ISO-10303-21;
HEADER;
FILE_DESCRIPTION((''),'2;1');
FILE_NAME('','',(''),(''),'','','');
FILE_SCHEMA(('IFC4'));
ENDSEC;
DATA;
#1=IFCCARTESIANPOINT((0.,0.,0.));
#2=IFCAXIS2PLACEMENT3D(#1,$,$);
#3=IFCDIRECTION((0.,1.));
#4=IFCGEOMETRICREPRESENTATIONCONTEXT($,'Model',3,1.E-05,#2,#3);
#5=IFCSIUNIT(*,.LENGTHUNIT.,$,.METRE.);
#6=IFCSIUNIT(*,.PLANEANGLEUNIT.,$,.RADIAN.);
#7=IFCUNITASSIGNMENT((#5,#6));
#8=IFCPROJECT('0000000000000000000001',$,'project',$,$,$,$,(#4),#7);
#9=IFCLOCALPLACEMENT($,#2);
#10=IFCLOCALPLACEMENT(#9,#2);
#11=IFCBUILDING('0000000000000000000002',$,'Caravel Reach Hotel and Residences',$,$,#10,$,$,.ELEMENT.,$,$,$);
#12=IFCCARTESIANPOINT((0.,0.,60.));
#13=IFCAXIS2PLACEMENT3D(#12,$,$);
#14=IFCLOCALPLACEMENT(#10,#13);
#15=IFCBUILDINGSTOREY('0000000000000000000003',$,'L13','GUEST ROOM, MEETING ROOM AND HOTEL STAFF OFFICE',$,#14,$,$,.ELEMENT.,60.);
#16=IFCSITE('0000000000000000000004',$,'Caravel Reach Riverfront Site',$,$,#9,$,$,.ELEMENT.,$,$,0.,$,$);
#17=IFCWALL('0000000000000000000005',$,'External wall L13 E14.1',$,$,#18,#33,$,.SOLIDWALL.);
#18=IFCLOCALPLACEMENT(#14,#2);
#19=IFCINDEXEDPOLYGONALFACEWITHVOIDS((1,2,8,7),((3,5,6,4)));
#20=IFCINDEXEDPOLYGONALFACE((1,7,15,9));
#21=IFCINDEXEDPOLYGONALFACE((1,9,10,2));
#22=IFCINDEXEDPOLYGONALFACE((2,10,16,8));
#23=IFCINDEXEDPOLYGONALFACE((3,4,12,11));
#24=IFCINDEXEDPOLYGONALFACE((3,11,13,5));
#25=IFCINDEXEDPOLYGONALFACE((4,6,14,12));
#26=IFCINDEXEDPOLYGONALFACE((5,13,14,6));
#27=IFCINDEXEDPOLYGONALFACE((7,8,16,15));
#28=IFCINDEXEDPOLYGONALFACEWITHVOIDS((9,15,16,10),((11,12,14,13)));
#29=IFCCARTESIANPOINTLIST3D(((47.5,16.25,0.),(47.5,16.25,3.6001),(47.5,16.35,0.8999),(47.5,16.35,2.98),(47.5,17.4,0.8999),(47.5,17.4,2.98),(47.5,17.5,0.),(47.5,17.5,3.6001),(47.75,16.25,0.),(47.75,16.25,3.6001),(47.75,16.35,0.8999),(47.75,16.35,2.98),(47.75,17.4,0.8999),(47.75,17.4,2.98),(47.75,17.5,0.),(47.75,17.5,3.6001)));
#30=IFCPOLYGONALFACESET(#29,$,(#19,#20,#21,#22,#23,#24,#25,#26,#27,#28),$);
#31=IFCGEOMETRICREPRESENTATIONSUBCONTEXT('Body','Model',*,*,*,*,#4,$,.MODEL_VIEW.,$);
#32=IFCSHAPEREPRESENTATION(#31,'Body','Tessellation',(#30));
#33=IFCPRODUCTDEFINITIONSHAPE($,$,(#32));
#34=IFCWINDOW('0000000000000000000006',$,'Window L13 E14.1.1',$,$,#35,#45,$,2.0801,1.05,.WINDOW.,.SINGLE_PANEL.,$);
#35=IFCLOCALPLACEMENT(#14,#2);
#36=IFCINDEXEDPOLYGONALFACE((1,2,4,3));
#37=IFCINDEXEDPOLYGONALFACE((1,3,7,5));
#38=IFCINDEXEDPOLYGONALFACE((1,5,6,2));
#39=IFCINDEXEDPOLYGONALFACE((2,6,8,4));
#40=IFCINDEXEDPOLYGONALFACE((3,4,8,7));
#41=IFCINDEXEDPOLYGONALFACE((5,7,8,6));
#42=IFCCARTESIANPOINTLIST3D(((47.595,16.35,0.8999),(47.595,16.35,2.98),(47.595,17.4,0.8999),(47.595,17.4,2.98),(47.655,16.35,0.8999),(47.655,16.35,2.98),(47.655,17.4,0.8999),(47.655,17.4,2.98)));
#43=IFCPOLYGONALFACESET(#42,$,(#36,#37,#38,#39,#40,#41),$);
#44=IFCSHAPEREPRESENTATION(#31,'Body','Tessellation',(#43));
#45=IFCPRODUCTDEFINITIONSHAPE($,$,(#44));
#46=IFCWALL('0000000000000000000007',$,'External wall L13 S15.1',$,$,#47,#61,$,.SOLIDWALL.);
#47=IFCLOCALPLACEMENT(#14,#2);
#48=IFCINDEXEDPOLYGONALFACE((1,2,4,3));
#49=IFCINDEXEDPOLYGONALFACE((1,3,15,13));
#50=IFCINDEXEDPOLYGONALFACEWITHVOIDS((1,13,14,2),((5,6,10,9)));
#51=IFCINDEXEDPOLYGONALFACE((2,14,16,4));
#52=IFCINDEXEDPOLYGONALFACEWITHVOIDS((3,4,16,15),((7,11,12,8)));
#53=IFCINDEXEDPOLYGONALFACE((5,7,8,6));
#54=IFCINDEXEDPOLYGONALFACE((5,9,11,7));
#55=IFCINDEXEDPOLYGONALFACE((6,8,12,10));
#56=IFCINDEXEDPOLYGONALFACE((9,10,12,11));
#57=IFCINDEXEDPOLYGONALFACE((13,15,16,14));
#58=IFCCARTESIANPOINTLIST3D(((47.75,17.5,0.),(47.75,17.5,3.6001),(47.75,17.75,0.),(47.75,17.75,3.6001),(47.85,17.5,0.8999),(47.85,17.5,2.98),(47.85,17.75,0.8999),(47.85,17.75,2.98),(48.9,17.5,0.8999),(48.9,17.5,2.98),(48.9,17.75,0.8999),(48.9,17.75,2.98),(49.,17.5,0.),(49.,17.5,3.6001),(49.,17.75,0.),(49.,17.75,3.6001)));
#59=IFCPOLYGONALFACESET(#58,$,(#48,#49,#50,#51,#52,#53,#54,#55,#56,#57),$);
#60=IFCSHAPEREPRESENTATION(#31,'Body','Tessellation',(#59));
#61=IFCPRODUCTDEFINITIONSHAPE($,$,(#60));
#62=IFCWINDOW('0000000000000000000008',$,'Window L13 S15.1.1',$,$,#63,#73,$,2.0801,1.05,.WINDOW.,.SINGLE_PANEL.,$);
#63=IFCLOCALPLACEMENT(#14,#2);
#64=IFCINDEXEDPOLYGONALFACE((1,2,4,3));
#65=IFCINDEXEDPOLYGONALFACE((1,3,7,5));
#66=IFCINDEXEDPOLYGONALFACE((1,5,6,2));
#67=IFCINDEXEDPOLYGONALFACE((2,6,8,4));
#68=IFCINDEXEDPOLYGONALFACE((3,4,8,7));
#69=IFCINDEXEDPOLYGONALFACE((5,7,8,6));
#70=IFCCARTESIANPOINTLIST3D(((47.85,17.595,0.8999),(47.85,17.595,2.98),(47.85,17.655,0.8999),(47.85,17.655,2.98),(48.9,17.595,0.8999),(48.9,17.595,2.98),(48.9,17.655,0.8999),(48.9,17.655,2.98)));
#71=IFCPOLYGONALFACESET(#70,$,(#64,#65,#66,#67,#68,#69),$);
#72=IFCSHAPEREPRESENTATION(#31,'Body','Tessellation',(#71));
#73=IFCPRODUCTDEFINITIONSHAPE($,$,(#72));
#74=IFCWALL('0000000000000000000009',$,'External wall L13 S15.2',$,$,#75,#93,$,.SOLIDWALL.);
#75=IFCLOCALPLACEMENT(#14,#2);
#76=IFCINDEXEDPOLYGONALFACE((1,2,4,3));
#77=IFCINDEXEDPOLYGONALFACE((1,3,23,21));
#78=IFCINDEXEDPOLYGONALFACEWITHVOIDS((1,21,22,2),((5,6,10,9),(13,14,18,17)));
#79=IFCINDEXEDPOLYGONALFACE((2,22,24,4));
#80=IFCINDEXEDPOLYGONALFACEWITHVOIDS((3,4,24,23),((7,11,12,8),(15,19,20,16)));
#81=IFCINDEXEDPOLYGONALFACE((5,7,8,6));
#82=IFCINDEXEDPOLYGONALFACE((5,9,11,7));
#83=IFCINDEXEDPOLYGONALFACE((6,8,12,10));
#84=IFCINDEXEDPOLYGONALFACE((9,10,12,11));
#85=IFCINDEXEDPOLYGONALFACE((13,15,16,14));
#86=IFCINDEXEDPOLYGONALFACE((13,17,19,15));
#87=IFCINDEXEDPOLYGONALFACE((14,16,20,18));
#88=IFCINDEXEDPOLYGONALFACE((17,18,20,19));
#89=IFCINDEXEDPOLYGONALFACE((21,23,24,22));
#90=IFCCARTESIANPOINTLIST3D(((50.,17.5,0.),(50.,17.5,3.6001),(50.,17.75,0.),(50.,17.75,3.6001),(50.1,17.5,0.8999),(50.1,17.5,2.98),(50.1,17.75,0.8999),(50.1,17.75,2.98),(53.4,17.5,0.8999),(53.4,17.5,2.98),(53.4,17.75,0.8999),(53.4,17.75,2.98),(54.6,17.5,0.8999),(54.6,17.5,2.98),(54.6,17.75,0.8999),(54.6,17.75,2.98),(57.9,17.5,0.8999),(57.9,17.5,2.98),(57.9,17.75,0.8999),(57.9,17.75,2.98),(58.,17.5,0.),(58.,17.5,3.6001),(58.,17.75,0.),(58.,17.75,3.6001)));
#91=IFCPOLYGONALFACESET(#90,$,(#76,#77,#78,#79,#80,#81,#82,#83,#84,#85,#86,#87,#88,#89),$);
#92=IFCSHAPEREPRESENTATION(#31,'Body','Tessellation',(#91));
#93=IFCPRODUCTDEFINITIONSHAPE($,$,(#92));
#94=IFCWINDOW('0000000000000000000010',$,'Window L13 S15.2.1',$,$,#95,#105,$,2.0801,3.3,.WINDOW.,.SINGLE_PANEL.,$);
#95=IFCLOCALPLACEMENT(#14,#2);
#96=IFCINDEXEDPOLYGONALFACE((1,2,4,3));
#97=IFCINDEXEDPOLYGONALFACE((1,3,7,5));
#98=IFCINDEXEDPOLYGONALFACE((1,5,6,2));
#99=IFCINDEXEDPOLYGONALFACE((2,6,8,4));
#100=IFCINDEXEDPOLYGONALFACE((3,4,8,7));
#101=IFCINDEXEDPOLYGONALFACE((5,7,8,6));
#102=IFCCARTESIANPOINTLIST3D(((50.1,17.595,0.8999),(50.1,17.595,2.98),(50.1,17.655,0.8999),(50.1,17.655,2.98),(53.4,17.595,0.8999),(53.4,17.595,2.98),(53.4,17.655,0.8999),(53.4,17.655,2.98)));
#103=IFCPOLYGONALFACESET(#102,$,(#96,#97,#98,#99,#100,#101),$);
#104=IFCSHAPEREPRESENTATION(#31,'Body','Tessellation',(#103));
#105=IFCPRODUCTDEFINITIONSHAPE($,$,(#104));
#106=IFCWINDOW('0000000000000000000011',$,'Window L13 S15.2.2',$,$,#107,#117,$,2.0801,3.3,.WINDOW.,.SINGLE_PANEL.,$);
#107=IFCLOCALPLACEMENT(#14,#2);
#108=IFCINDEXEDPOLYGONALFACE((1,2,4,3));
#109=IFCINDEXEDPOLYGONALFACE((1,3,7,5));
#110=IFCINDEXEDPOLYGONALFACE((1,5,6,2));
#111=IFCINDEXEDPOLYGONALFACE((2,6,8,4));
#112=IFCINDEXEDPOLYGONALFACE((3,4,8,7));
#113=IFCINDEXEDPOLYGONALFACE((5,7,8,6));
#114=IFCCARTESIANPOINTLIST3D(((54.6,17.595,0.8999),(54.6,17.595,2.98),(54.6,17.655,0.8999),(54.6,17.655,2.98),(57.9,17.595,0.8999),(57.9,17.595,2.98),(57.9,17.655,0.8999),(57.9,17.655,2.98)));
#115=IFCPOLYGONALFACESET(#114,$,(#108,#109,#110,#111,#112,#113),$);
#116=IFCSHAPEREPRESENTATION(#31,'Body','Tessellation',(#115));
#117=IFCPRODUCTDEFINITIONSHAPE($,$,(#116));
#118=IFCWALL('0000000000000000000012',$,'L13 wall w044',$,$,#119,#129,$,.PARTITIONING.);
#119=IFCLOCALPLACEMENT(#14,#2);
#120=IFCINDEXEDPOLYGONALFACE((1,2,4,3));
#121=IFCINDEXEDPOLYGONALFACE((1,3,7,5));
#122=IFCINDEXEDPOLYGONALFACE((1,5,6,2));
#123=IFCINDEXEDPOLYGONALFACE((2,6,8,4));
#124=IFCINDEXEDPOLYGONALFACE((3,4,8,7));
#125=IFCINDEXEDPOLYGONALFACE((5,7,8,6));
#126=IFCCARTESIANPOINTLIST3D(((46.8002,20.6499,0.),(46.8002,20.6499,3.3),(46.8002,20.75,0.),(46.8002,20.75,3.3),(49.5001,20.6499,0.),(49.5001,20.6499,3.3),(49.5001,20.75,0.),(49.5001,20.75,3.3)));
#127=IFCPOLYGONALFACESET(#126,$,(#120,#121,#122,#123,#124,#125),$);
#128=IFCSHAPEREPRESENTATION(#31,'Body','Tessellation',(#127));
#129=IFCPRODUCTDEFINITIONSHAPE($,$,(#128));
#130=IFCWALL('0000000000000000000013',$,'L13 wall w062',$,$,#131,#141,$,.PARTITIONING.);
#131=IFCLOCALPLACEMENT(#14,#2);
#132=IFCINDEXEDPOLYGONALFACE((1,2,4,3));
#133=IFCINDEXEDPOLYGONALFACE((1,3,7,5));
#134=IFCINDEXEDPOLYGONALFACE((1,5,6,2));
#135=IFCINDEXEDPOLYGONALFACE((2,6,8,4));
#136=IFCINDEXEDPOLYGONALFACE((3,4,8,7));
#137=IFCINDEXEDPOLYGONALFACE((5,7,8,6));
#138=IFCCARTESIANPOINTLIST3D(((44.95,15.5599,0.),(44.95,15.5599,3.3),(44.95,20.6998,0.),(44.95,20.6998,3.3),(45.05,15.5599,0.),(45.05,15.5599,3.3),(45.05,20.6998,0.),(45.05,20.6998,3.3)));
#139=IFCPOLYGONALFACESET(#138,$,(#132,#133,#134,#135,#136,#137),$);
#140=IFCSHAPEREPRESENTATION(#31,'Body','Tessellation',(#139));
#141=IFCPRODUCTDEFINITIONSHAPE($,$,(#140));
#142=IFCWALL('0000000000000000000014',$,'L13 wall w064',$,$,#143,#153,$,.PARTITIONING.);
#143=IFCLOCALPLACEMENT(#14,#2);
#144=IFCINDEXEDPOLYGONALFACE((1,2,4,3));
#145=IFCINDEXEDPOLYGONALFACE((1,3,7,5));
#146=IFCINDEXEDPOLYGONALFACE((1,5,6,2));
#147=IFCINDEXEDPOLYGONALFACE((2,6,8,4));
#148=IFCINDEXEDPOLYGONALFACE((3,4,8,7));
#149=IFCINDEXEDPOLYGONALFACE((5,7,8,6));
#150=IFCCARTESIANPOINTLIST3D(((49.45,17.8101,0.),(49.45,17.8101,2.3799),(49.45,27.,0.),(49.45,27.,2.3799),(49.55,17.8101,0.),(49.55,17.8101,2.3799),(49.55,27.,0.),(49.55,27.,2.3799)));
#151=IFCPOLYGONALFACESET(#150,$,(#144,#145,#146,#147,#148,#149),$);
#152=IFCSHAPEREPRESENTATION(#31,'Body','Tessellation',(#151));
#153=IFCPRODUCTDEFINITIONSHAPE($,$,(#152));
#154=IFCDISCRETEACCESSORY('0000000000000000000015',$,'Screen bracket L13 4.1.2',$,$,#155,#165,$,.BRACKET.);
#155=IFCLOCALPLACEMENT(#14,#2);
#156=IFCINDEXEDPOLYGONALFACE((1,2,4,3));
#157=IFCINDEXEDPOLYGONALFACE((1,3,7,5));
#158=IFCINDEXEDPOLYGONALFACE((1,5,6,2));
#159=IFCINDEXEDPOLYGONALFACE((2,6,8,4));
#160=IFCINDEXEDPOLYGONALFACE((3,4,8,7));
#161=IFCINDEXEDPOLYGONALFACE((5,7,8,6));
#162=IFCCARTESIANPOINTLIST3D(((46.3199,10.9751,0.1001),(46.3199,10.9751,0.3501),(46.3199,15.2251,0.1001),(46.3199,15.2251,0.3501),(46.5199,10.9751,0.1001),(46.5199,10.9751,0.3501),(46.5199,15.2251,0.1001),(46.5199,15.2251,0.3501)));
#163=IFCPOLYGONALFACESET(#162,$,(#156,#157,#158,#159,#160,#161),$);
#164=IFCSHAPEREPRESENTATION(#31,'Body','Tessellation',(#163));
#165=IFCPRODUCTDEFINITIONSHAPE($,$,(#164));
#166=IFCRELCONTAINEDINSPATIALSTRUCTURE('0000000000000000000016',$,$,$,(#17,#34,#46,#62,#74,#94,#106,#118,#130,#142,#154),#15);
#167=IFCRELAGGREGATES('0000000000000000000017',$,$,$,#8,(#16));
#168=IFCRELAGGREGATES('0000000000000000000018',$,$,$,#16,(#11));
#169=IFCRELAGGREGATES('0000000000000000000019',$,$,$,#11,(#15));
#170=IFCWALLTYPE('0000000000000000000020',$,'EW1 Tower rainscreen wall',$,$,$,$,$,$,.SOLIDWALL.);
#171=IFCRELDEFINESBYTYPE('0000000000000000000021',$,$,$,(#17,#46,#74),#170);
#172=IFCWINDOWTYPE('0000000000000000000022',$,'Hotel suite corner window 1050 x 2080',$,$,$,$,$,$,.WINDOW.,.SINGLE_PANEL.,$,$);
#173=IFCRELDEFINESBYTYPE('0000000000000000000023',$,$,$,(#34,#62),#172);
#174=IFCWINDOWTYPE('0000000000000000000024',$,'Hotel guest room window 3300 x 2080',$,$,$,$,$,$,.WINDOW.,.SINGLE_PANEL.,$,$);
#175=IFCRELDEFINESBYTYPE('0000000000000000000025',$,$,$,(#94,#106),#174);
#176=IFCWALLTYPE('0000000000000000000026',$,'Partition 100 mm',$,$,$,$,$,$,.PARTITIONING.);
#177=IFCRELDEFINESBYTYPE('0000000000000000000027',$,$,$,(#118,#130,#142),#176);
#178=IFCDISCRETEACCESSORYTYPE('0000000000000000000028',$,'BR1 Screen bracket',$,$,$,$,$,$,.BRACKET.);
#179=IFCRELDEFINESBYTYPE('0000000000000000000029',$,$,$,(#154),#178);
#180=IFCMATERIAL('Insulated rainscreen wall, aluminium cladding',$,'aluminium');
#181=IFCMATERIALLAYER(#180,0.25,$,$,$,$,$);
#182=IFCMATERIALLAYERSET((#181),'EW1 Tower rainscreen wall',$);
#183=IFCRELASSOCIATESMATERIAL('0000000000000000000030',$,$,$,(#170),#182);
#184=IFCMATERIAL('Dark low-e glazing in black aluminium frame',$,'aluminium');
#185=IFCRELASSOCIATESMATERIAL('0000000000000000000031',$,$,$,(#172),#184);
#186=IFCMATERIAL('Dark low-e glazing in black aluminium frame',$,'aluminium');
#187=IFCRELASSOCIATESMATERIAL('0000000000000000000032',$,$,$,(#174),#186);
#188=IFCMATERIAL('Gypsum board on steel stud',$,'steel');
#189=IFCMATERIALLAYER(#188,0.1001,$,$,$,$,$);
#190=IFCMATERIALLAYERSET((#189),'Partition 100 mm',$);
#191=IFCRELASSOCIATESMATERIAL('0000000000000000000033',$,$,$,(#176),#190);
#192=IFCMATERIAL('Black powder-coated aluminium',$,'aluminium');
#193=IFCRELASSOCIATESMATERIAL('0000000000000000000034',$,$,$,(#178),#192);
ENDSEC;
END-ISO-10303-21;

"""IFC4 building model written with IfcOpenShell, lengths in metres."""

from ifc_helpers import new_model, si_unit, direction, frame, frame_2d, origin, origin_2d, place, context, subcontext, project, spatial, rectangle, extrude, material, layer, layer_set, type_object, element, fill, save


model = new_model("IFC4")

# Units and contexts
model_context = context("Model", 3, precision=1e-05, world=origin(), true_north=direction((0.0, 1.0)))
body_context = subcontext(model_context, "Body", "Model", "MODEL_VIEW")
ifc_project = project(units=[si_unit("LENGTHUNIT", "METRE"), si_unit("PLANEANGLEUNIT", "RADIAN")], contexts=[model_context])

# Site, building, storey
site_placement = place(None, origin())
site = spatial("IfcSite", under=ifc_project, at=site_placement, Name="Caravel Reach Riverfront Site", CompositionType="ELEMENT", RefElevation=0.0)
building_placement = place(site_placement, origin())
building = spatial("IfcBuilding", under=site, at=building_placement, Name="Caravel Reach Hotel and Residences", CompositionType="ELEMENT")
storey_placement = place(building_placement, frame((0.0, 0.0, 60.0)))
storey = spatial("IfcBuildingStorey", under=building, at=storey_placement, Name="L13", Description="GUEST ROOM, MEETING ROOM AND HOTEL STAFF OFFICE", CompositionType="ELEMENT", Elevation=60.0)

# Walls, openings, windows
ifc_material_1 = material(Name="Insulated rainscreen wall, aluminium cladding", Category="aluminium")
ifc_layer_1 = layer(ifc_material_1, 0.25)
ifc_layer_set_1 = layer_set([ifc_layer_1], Name="EW1 Tower rainscreen wall")
wall_type_1 = type_object("IfcWallType", Name="EW1 Tower rainscreen wall", PredefinedType="SOLIDWALL", material=ifc_layer_set_1)
ifc_material_2 = material(Name="Dark low-e glazing in black aluminium frame", Category="aluminium")
window_type_1 = type_object("IfcWindowType", Name="Hotel suite corner window 1050 x 2080", PartitioningType="SINGLE_PANEL", PredefinedType="WINDOW", material=ifc_material_2)
wall_1_placement = place(storey_placement, frame((47.625, 16.25, 0.0), z_axis=(0.0, 0.0, 1.0), x_axis=(0.0, 1.0, 0.0)))
wall_1 = element("IfcWall", 1, at=wall_1_placement, inside=storey, type_object=wall_type_1, Name="External wall L13 E14.1", PredefinedType="SOLIDWALL", context=body_context, shape_type="SweptSolid", body=[
    extrude(rectangle(XDim=1.25, YDim=0.25, at=frame_2d((0.625, 0.0))), origin(), (0.0, 0.0, 1.0), 3.6001),
])
opening_1_placement = place(wall_1_placement, frame((0.1001, 0.0, 0.8999)))
opening_1 = element("IfcOpeningElement", 2, at=opening_1_placement, cuts=wall_1, PredefinedType="OPENING", context=body_context, shape_type="SweptSolid", body=[
    extrude(rectangle(XDim=1.05, YDim=2.0801, at=frame_2d((0.5249, 1.04))), frame((0.0, 0.135, 0.0), z_axis=(0.0, -1.0, 0.0), x_axis=(1.0, 0.0, 0.0)), (0.0, 0.0, 1.0), 0.27),
])
window_1_placement = place(opening_1_placement, origin())
window_1 = element("IfcWindow", 3, at=window_1_placement, inside=storey, type_object=window_type_1, Name="Window L13 E14.1.1", OverallHeight=2.0801, OverallWidth=1.05, PartitioningType="SINGLE_PANEL", PredefinedType="WINDOW", context=body_context, shape_type="SweptSolid", body=[
    extrude(rectangle(XDim=1.05, YDim=2.0801, at=frame_2d((0.5249, 1.04))), frame((0.0, 0.03, 0.0), z_axis=(0.0, -1.0, 0.0), x_axis=(1.0, 0.0, 0.0)), (0.0, 0.0, 1.0), 0.0601),
])
fill(opening_1, window_1)
wall_2_placement = place(storey_placement, frame((47.75, 17.625, 0.0), z_axis=(0.0, 0.0, 1.0), x_axis=(1.0, 0.0, 0.0)))
wall_2 = element("IfcWall", 4, at=wall_2_placement, inside=storey, type_object=wall_type_1, Name="External wall L13 S15.1", PredefinedType="SOLIDWALL", context=body_context, shape_type="SweptSolid", body=[
    extrude(rectangle(XDim=1.25, YDim=0.25, at=frame_2d((0.625, 0.0))), origin(), (0.0, 0.0, 1.0), 3.6001),
])
opening_2_placement = place(wall_2_placement, frame((0.1001, 0.0, 0.8999)))
opening_2 = element("IfcOpeningElement", 5, at=opening_2_placement, cuts=wall_2, PredefinedType="OPENING", context=body_context, shape_type="SweptSolid", body=[
    extrude(rectangle(XDim=1.05, YDim=2.0801, at=frame_2d((0.5249, 1.04))), frame((0.0, 0.135, 0.0), z_axis=(0.0, -1.0, 0.0), x_axis=(1.0, 0.0, 0.0)), (0.0, 0.0, 1.0), 0.27),
])
window_2_placement = place(opening_2_placement, origin())
window_2 = element("IfcWindow", 6, at=window_2_placement, inside=storey, type_object=window_type_1, Name="Window L13 S15.1.1", OverallHeight=2.0801, OverallWidth=1.05, PartitioningType="SINGLE_PANEL", PredefinedType="WINDOW", context=body_context, shape_type="SweptSolid", body=[
    extrude(rectangle(XDim=1.05, YDim=2.0801, at=frame_2d((0.5249, 1.04))), frame((0.0, 0.03, 0.0), z_axis=(0.0, -1.0, 0.0), x_axis=(1.0, 0.0, 0.0)), (0.0, 0.0, 1.0), 0.0601),
])
fill(opening_2, window_2)

# Wall, openings, windows
wall_3_placement = place(storey_placement, frame((50.0, 17.625, 0.0), z_axis=(0.0, 0.0, 1.0), x_axis=(1.0, 0.0, 0.0)))
wall_3 = element("IfcWall", 7, at=wall_3_placement, inside=storey, type_object=wall_type_1, Name="External wall L13 S15.2", PredefinedType="SOLIDWALL", context=body_context, shape_type="SweptSolid", body=[
    extrude(rectangle(XDim=8.0, YDim=0.25, at=frame_2d((4.0, 0.0))), origin(), (0.0, 0.0, 1.0), 3.6001),
])
opening_3_placement = place(wall_3_placement, frame((0.1001, 0.0, 0.8999)))
opening_3 = element("IfcOpeningElement", 8, at=opening_3_placement, cuts=wall_3, PredefinedType="OPENING", context=body_context, shape_type="SweptSolid", body=[
    extrude(rectangle(XDim=3.3, YDim=2.0801, at=frame_2d((1.6499, 1.04))), frame((0.0, 0.135, 0.0), z_axis=(0.0, -1.0, 0.0), x_axis=(1.0, 0.0, 0.0)), (0.0, 0.0, 1.0), 0.27),
])
opening_4_placement = place(wall_3_placement, frame((4.6001, 0.0, 0.8999)))
opening_4 = element("IfcOpeningElement", 9, at=opening_4_placement, cuts=wall_3, PredefinedType="OPENING", context=body_context, shape_type="SweptSolid", body=[
    extrude(rectangle(XDim=3.3, YDim=2.0801, at=frame_2d((1.6499, 1.04))), frame((0.0, 0.135, 0.0), z_axis=(0.0, -1.0, 0.0), x_axis=(1.0, 0.0, 0.0)), (0.0, 0.0, 1.0), 0.27),
])
ifc_material_3 = material(Name="Dark low-e glazing in black aluminium frame", Category="aluminium")
window_type_2 = type_object("IfcWindowType", Name="Hotel guest room window 3300 x 2080", PartitioningType="SINGLE_PANEL", PredefinedType="WINDOW", material=ifc_material_3)
window_3_placement = place(opening_3_placement, origin())
window_3 = element("IfcWindow", 10, at=window_3_placement, inside=storey, type_object=window_type_2, Name="Window L13 S15.2.1", OverallHeight=2.0801, OverallWidth=3.3, PartitioningType="SINGLE_PANEL", PredefinedType="WINDOW", context=body_context, shape_type="SweptSolid", body=[
    extrude(rectangle(XDim=3.3, YDim=2.0801, at=frame_2d((1.6499, 1.04))), frame((0.0, 0.03, 0.0), z_axis=(0.0, -1.0, 0.0), x_axis=(1.0, 0.0, 0.0)), (0.0, 0.0, 1.0), 0.0601),
])
fill(opening_3, window_3)
window_4_placement = place(opening_4_placement, origin())
window_4 = element("IfcWindow", 11, at=window_4_placement, inside=storey, type_object=window_type_2, Name="Window L13 S15.2.2", OverallHeight=2.0801, OverallWidth=3.3, PartitioningType="SINGLE_PANEL", PredefinedType="WINDOW", context=body_context, shape_type="SweptSolid", body=[
    extrude(rectangle(XDim=3.3, YDim=2.0801, at=frame_2d((1.6499, 1.04))), frame((0.0, 0.03, 0.0), z_axis=(0.0, -1.0, 0.0), x_axis=(1.0, 0.0, 0.0)), (0.0, 0.0, 1.0), 0.0601),
])
fill(opening_4, window_4)

# Walls
ifc_material_4 = material(Name="Gypsum board on steel stud", Category="steel")
ifc_layer_2 = layer(ifc_material_4, 0.1001)
ifc_layer_set_2 = layer_set([ifc_layer_2], Name="Partition 100 mm")
wall_type_2 = type_object("IfcWallType", Name="Partition 100 mm", PredefinedType="PARTITIONING", material=ifc_layer_set_2)
wall_4_placement = place(storey_placement, frame((46.8, 20.7, 0.0), z_axis=(0.0, 0.0, 1.0), x_axis=(1.0, 0.0, 0.0)))
element("IfcWall", 12, at=wall_4_placement, inside=storey, type_object=wall_type_2, Name="L13 wall w044", PredefinedType="PARTITIONING", context=body_context, shape_type="SweptSolid", body=[
    extrude(rectangle(XDim=2.7, YDim=0.1001, at=frame_2d((1.3501, 0.0))), origin(), (0.0, 0.0, 1.0), 3.3),
])
wall_5_placement = place(storey_placement, frame((45.0, 15.5601, 0.0), z_axis=(0.0, 0.0, 1.0), x_axis=(0.0, 1.0, 0.0)))
element("IfcWall", 13, at=wall_5_placement, inside=storey, type_object=wall_type_2, Name="L13 wall w062", PredefinedType="PARTITIONING", context=body_context, shape_type="SweptSolid", body=[
    extrude(rectangle(XDim=5.1399, YDim=0.1001, at=frame_2d((2.5698, 0.0))), origin(), (0.0, 0.0, 1.0), 3.3),
])
wall_6_placement = place(storey_placement, frame((49.5, 17.8101, 0.0), z_axis=(0.0, 0.0, 1.0), x_axis=(0.0, 1.0, 0.0)))
element("IfcWall", 14, at=wall_6_placement, inside=storey, type_object=wall_type_2, Name="L13 wall w064", PredefinedType="PARTITIONING", context=body_context, shape_type="SweptSolid", body=[
    extrude(rectangle(XDim=9.1899, YDim=0.1001, at=frame_2d((4.595, 0.0))), origin(), (0.0, 0.0, 1.0), 2.3799),
])

# Discrete accessory
ifc_material_5 = material(Name="Black powder-coated aluminium", Category="aluminium")
discrete_accessory_type = type_object("IfcDiscreteAccessoryType", Name="BR1 Screen bracket", PredefinedType="BRACKET", material=ifc_material_5)
discrete_accessory_placement = place(storey_placement, frame((46.4199, 13.1001, 0.1001), z_axis=(0.0, 0.0, 1.0), x_axis=(0.0, -1.0, 0.0)))
element("IfcDiscreteAccessory", 15, at=discrete_accessory_placement, inside=storey, type_object=discrete_accessory_type, Name="Screen bracket L13 4.1.2", PredefinedType="BRACKET", context=body_context, shape_type="SweptSolid", body=[
    extrude(rectangle(XDim=4.25, YDim=0.2, at=origin_2d()), origin(), (0.0, 0.0, 1.0), 0.25),
])

save(model, "model.ifc")
